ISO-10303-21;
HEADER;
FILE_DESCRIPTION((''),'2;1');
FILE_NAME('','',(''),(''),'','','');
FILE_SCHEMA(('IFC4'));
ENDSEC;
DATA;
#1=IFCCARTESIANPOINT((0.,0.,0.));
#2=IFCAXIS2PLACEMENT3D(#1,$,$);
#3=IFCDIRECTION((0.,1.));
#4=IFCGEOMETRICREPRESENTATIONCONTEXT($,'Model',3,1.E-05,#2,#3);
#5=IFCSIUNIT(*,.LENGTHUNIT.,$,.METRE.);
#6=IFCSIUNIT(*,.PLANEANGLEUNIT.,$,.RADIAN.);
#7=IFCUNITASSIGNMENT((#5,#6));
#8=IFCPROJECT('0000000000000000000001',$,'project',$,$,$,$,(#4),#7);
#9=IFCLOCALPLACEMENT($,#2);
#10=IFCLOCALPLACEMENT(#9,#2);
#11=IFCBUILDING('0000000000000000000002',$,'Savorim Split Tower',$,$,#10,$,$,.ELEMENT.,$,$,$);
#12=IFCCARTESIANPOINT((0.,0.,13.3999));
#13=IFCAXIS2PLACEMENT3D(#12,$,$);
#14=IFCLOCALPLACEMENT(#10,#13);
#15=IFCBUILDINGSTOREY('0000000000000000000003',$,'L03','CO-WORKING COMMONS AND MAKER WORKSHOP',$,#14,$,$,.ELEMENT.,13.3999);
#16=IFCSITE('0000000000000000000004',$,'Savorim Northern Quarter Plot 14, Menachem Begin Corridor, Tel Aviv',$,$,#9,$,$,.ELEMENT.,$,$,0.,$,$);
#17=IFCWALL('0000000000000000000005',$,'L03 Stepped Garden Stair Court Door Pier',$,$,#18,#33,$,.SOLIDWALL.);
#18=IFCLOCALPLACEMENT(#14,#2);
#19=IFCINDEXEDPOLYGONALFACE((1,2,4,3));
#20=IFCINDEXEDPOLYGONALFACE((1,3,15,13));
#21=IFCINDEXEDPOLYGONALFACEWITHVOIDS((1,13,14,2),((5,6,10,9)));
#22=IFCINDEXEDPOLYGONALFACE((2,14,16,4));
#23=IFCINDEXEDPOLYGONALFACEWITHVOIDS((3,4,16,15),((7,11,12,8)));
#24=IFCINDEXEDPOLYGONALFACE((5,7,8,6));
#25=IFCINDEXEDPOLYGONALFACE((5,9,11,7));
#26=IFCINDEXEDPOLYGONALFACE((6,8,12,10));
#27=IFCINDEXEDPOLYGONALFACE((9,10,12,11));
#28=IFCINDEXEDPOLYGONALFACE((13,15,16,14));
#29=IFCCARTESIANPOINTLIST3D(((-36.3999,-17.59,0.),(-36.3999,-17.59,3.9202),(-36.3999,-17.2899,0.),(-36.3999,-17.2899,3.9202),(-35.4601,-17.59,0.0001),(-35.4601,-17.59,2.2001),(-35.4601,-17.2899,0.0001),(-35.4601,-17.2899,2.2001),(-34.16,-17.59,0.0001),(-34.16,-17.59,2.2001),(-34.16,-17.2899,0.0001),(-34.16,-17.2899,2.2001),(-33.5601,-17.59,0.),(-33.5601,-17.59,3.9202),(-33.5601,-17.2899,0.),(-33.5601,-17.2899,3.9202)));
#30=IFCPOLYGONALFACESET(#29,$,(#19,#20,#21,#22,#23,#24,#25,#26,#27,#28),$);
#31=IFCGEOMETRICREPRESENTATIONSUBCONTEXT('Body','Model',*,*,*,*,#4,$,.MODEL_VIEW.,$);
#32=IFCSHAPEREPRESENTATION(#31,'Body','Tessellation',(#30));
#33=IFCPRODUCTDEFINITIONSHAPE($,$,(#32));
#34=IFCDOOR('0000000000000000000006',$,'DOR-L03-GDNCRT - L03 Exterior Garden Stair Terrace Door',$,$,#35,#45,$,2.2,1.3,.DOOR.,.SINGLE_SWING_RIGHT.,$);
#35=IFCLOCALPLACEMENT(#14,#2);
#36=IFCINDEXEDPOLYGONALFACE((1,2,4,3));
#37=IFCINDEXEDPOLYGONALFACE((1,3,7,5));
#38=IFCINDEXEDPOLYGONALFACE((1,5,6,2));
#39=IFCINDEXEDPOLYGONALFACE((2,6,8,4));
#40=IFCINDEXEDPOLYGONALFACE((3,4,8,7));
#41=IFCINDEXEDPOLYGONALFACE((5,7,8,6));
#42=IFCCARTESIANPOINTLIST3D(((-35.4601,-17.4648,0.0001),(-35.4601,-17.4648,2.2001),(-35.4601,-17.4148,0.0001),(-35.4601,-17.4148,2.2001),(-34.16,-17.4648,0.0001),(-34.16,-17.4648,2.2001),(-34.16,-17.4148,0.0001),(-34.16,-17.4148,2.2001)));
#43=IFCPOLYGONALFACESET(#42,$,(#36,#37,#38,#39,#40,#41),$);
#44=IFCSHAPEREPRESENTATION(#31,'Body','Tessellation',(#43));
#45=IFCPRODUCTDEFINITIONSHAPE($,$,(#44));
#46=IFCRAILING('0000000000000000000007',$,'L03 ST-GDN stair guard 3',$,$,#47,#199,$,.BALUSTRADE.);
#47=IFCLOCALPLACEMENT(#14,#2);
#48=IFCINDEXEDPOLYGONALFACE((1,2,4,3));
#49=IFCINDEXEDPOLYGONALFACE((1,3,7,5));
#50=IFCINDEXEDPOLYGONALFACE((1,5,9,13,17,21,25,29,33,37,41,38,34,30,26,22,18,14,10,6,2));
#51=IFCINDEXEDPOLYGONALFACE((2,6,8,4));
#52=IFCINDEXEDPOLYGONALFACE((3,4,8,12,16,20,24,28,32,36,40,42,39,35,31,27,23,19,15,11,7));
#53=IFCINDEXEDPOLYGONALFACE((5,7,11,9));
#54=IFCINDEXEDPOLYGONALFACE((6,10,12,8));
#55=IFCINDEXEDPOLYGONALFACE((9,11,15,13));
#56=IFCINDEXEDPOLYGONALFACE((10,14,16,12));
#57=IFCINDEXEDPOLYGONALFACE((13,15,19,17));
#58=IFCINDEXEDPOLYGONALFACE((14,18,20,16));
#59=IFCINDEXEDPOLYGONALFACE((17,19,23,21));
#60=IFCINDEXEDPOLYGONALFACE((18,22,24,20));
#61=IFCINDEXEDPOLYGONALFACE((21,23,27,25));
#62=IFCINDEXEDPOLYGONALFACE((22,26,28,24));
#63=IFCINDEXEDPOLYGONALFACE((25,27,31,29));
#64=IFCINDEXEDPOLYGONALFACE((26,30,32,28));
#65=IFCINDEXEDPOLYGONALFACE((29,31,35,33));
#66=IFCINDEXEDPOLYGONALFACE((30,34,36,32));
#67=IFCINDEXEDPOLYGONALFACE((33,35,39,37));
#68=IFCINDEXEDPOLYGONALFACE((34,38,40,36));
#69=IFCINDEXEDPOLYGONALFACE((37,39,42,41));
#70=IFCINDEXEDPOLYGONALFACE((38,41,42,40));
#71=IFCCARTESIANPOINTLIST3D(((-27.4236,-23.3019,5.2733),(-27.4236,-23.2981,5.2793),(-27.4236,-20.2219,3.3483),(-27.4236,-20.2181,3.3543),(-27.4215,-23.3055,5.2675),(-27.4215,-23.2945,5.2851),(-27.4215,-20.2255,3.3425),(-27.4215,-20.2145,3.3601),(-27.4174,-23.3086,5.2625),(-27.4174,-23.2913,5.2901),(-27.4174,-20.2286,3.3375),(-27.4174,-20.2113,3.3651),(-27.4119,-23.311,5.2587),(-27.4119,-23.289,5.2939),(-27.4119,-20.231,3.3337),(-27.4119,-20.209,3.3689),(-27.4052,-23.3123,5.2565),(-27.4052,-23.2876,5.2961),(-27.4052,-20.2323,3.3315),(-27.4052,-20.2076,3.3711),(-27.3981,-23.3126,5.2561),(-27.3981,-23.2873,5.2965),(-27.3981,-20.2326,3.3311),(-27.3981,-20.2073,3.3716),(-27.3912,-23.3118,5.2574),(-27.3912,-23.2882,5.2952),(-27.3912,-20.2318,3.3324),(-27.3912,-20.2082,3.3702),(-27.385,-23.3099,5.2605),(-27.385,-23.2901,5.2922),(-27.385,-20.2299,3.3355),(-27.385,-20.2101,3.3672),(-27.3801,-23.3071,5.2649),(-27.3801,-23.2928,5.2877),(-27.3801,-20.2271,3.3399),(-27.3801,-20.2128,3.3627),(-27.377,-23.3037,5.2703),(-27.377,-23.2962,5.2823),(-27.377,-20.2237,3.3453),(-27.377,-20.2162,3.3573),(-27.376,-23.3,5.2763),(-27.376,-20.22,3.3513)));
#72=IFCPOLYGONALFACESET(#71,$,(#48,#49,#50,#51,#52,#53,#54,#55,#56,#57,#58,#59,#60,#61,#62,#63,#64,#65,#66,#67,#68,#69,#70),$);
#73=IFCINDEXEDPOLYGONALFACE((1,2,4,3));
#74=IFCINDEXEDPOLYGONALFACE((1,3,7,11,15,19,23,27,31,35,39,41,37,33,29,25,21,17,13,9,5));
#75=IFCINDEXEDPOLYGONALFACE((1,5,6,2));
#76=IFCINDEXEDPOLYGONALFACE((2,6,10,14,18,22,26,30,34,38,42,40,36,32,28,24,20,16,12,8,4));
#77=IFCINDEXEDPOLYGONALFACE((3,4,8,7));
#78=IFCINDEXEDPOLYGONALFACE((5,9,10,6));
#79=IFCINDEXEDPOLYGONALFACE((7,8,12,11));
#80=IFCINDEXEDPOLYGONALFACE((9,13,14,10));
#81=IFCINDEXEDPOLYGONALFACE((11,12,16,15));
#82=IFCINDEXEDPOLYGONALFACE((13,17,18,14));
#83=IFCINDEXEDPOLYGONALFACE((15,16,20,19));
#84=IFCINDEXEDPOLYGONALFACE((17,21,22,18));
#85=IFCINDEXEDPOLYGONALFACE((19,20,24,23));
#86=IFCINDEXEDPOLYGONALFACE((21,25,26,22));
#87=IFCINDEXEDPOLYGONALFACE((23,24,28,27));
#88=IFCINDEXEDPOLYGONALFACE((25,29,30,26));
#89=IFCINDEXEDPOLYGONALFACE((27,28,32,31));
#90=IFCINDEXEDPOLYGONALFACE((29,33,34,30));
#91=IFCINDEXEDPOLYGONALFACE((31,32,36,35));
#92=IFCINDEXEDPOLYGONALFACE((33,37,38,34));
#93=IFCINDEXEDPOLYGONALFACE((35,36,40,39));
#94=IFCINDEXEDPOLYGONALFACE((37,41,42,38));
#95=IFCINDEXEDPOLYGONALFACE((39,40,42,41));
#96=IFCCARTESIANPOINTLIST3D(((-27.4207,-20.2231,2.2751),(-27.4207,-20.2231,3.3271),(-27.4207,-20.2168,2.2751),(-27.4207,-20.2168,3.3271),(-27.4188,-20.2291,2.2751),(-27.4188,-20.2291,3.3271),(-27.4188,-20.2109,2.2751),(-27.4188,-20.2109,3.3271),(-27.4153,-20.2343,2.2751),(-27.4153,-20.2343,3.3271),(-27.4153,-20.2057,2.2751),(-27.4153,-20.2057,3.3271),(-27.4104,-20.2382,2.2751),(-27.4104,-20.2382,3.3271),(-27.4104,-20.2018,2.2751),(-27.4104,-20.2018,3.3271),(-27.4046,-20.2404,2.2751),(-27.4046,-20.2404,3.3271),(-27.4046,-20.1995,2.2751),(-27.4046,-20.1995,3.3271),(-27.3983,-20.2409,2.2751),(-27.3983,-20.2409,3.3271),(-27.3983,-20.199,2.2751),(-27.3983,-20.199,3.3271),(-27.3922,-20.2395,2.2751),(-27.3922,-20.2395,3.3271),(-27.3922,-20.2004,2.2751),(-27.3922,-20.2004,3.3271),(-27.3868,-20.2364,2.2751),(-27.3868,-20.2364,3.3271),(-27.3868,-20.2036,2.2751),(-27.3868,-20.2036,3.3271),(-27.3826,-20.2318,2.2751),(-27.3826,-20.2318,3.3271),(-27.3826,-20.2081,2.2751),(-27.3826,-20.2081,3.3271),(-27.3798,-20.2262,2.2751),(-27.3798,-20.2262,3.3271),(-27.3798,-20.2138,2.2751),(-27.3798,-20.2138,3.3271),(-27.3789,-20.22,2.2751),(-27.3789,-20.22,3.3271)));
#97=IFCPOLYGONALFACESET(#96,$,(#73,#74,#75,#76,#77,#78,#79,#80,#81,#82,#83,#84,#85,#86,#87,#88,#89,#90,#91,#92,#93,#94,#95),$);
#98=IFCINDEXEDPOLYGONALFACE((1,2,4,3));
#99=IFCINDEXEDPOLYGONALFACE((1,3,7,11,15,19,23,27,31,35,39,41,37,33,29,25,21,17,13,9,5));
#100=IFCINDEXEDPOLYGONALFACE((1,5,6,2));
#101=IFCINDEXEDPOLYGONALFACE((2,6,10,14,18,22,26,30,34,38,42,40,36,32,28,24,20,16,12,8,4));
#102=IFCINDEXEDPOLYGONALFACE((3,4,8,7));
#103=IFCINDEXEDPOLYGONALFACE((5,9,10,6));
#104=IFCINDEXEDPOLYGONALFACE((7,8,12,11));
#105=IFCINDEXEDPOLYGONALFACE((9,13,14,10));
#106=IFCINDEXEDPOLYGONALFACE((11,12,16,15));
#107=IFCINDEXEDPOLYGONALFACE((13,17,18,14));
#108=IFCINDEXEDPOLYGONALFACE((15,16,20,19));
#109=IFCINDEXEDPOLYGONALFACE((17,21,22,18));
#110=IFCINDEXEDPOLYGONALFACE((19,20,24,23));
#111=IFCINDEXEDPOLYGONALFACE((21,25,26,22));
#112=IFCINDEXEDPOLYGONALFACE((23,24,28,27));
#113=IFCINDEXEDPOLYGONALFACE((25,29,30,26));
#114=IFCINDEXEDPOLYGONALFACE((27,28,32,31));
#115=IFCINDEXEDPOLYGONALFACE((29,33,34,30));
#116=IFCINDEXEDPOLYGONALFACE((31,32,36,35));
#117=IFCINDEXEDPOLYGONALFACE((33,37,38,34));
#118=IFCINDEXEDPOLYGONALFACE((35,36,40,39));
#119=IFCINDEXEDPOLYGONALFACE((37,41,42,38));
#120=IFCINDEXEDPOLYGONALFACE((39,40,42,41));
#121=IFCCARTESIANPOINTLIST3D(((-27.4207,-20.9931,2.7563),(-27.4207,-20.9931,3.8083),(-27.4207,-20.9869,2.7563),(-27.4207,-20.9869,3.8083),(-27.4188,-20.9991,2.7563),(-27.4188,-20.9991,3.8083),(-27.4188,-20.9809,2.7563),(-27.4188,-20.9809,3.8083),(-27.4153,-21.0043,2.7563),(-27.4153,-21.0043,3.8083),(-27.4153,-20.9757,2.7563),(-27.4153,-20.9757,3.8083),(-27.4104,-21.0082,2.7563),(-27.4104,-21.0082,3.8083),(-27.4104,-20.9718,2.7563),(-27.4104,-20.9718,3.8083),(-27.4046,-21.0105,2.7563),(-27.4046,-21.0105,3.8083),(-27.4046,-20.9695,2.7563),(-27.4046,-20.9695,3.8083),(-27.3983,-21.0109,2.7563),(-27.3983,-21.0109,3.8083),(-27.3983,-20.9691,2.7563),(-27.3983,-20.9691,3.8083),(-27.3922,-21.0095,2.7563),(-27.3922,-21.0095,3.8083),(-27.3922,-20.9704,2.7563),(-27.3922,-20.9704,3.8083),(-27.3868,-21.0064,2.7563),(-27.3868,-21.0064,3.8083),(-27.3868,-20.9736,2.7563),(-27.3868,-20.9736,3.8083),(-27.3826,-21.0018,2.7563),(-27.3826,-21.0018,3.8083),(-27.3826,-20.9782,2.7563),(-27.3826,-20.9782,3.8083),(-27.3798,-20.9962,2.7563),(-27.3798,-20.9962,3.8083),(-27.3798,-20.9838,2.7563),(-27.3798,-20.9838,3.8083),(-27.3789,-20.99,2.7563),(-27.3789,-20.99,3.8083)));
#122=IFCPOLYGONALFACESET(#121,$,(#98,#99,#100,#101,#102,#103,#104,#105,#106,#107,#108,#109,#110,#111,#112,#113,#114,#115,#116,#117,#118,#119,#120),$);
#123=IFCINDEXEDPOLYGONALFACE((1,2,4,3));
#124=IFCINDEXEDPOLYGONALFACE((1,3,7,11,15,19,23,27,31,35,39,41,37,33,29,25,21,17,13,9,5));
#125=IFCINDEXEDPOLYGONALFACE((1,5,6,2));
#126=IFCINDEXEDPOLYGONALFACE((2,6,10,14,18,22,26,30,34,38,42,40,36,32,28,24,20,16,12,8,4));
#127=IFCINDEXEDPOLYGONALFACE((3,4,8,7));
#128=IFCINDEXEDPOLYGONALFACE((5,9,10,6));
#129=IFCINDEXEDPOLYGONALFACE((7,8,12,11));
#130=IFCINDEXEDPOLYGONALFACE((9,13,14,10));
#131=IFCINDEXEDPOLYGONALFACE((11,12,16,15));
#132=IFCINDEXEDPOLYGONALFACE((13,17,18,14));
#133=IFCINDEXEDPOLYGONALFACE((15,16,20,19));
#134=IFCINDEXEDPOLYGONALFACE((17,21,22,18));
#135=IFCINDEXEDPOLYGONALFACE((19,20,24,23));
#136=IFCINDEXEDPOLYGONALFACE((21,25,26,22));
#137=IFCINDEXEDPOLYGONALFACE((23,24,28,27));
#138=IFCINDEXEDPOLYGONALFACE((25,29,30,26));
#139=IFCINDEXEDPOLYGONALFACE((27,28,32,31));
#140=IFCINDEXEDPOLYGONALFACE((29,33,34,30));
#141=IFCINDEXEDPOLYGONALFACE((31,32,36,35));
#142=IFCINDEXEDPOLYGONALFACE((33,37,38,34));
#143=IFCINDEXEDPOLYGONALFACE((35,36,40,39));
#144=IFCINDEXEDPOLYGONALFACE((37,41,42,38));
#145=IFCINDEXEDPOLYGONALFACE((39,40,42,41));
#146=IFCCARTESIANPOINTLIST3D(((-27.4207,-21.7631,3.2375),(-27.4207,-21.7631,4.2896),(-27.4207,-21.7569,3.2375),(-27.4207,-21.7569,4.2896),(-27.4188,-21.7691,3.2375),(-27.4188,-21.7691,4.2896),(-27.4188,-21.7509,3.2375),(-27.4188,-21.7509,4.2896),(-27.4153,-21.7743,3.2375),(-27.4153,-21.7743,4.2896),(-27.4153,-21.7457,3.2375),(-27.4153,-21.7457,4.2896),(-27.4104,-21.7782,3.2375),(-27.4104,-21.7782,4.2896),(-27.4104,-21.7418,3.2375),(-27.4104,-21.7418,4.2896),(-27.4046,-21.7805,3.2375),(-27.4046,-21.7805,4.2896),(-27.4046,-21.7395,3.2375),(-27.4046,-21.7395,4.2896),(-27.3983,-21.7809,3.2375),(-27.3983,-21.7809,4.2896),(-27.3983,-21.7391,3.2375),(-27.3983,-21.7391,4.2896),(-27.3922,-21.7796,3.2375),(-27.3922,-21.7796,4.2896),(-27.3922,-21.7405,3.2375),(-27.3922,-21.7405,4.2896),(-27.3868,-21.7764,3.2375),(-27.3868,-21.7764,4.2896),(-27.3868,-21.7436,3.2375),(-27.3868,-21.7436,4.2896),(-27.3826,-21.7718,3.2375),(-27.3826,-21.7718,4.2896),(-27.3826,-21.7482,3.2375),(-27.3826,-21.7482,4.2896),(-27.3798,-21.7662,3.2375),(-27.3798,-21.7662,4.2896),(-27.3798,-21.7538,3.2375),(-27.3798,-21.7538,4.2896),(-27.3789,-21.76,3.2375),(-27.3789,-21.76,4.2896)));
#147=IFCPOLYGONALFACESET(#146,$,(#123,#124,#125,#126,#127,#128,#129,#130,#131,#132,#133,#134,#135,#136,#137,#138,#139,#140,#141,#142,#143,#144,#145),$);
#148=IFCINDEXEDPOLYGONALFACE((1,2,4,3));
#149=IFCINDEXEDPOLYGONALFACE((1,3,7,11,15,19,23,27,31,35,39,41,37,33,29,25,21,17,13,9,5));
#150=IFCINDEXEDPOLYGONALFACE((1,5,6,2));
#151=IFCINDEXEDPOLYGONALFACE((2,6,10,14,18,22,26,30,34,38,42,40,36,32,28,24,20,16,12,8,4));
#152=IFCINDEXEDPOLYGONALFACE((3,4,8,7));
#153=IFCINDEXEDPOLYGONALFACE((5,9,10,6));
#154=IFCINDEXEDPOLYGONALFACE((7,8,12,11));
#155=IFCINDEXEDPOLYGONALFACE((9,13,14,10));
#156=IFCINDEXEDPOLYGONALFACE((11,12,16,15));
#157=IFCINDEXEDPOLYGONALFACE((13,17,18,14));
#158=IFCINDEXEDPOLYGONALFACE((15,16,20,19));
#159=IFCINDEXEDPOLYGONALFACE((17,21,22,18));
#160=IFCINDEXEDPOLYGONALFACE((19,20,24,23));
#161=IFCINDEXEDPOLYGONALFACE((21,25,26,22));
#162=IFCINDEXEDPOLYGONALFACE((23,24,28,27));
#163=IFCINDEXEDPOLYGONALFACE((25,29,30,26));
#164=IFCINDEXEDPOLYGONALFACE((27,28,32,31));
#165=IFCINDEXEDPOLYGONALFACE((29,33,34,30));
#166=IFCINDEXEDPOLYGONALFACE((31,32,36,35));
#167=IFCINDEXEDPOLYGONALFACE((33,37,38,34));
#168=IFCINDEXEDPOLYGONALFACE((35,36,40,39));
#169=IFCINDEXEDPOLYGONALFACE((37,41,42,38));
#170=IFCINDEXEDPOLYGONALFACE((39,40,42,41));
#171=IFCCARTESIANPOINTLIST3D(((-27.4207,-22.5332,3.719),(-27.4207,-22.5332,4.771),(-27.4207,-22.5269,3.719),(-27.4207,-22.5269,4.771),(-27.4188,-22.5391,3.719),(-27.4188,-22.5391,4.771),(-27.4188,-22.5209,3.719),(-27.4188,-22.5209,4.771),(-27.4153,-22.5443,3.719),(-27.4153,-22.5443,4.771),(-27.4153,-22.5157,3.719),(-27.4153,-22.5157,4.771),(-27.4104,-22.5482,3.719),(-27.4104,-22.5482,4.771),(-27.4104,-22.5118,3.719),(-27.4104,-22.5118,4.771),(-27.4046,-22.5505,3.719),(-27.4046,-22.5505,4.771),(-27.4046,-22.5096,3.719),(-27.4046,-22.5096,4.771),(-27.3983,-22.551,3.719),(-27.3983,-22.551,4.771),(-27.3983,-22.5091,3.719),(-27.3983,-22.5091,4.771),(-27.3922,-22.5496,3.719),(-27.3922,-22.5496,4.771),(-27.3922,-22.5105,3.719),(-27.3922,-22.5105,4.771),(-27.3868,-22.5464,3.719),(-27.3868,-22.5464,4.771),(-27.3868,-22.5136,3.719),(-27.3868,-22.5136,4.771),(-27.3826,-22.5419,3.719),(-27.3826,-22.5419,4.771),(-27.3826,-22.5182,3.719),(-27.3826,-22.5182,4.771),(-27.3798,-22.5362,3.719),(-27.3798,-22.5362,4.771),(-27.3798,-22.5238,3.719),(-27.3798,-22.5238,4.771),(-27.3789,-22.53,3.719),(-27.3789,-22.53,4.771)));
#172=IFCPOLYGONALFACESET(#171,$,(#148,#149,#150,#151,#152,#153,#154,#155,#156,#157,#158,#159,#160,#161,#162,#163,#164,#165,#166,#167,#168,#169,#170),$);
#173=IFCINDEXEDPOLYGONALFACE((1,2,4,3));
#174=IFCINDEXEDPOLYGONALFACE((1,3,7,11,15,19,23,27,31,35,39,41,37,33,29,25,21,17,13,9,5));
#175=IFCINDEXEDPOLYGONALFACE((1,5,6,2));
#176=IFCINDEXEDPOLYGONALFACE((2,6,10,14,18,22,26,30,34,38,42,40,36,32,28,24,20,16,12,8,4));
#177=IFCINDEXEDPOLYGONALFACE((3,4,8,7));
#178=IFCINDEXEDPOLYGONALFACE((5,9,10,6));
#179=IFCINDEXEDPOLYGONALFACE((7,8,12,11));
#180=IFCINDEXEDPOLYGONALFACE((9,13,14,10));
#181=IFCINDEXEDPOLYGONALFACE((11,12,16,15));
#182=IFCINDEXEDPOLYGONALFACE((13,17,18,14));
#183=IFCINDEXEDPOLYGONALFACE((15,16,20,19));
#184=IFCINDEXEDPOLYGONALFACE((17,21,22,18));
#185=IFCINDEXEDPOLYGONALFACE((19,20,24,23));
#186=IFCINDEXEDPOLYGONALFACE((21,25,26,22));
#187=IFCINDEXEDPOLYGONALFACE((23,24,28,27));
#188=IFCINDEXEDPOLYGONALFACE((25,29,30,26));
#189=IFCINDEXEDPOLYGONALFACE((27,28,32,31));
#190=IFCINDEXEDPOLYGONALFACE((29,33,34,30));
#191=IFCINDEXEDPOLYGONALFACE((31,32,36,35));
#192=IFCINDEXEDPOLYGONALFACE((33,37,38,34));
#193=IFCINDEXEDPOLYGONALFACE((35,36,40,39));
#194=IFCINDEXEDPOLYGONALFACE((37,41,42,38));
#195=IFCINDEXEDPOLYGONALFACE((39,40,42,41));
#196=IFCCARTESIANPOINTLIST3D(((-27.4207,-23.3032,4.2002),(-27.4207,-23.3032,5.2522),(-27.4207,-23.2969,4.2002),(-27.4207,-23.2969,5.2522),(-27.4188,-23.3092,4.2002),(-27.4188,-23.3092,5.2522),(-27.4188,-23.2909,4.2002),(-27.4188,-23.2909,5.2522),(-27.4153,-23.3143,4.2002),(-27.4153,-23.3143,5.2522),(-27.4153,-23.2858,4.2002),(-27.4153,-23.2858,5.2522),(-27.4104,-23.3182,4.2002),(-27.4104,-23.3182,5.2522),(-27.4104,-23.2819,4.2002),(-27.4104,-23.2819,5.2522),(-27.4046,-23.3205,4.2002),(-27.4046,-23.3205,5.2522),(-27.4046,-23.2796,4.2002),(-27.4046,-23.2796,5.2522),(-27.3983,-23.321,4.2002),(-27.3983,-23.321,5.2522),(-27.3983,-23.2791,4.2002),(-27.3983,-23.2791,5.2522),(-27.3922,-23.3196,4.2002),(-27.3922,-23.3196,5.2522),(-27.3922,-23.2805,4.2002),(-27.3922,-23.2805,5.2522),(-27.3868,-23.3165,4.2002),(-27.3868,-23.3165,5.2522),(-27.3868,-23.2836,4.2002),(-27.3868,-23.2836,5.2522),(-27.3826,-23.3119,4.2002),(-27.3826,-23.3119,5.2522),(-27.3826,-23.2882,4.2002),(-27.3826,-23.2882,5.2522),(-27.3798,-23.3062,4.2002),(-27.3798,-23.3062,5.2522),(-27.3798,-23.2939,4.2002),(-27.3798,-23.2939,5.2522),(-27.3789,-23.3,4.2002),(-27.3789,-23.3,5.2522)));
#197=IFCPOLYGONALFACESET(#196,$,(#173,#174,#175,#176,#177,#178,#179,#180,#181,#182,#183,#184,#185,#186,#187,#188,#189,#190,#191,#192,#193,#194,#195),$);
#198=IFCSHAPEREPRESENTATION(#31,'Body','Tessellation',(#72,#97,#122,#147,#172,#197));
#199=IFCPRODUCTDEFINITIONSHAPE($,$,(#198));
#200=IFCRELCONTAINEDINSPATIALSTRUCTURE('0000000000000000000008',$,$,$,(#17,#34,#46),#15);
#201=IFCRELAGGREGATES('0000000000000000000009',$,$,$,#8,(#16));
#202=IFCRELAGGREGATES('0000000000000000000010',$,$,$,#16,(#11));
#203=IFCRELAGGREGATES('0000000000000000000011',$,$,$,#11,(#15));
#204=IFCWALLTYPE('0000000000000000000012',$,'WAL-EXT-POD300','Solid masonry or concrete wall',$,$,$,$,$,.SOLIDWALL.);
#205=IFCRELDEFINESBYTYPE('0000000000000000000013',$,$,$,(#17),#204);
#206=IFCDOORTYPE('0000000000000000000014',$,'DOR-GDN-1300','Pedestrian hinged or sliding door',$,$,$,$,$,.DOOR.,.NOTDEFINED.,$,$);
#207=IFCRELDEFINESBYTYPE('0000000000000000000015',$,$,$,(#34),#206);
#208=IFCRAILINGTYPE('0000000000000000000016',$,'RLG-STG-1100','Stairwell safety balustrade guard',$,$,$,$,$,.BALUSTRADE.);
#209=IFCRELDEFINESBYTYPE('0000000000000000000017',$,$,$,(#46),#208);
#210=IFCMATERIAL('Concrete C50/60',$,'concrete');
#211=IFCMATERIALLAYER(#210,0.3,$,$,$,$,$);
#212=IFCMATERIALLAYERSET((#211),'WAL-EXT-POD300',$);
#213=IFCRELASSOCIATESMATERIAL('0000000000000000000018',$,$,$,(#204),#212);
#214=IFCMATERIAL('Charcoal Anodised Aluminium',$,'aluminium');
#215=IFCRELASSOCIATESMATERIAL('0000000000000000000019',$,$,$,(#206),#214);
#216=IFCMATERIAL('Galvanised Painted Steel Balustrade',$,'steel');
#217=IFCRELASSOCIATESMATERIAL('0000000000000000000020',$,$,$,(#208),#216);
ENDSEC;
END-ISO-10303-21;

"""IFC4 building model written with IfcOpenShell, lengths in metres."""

from ifc_helpers import new_model, si_unit, direction, frame, frame_2d, origin, origin_2d, place, context, subcontext, project, spatial, rectangle, circle, extrude, material, layer, layer_set, type_object, element, fill, save


model = new_model("IFC4")

# Units and contexts
model_context = context("Model", 3, precision=1e-05, world=origin(), true_north=direction((0.0, 1.0)))
body_context = subcontext(model_context, "Body", "Model", "MODEL_VIEW")
ifc_project = project(units=[si_unit("LENGTHUNIT", "METRE"), si_unit("PLANEANGLEUNIT", "RADIAN")], contexts=[model_context])

# Site, building, storey
site_placement = place(None, origin())
site = spatial("IfcSite", under=ifc_project, at=site_placement, Name="Savorim Northern Quarter Plot 14, Menachem Begin Corridor, Tel Aviv", CompositionType="ELEMENT", RefElevation=0.0)
building_placement = place(site_placement, origin())
building = spatial("IfcBuilding", under=site, at=building_placement, Name="Savorim Split Tower", CompositionType="ELEMENT")
storey_placement = place(building_placement, frame((0.0, 0.0, 13.3999)))
storey = spatial("IfcBuildingStorey", under=building, at=storey_placement, Name="L03", Description="CO-WORKING COMMONS AND MAKER WORKSHOP", CompositionType="ELEMENT", Elevation=13.3999)

# Shared definitions
ifc_material_1 = material(Name="Charcoal Anodised Aluminium", Category="aluminium")

# Wall, opening, door
ifc_material_2 = material(Name="Concrete C50/60", Category="concrete")
ifc_layer_1 = layer(ifc_material_2, 0.3)
ifc_layer_set_1 = layer_set([ifc_layer_1], Name="WAL-EXT-POD300")
wall_type = type_object("IfcWallType", Name="WAL-EXT-POD300", Description="Solid masonry or concrete wall", PredefinedType="SOLIDWALL", material=ifc_layer_set_1)
wall_placement = place(storey_placement, frame((-33.5601, -17.4399, 0.0), z_axis=(0.0, 0.0, 1.0), x_axis=(-1.0, 0.0, 0.0)))
wall = element("IfcWall", 1, at=wall_placement, inside=storey, type_object=wall_type, Name="L03 Stepped Garden Stair Court Door Pier", PredefinedType="SOLIDWALL", context=body_context, shape_type="SweptSolid", body=[
    extrude(rectangle(XDim=2.8398, YDim=0.3, at=frame_2d((1.4199, 0.0))), origin(), (0.0, 0.0, 1.0), 3.9202),
])
opening_placement = place(wall_placement, frame((0.6001, 0.0, 0.0)))
opening = element("IfcOpeningElement", 2, at=opening_placement, cuts=wall, PredefinedType="OPENING", context=body_context, shape_type="SweptSolid", body=[
    extrude(rectangle(XDim=1.3, YDim=2.2, at=frame_2d((0.6499, 1.1001))), frame((0.0, 0.1599, 0.0), z_axis=(0.0, -1.0, 0.0), x_axis=(1.0, 0.0, 0.0)), (0.0, 0.0, 1.0), 0.3201),
])
door_type = type_object("IfcDoorType", Name="DOR-GDN-1300", Description="Pedestrian hinged or sliding door", OperationType="NOTDEFINED", PredefinedType="DOOR", material=ifc_material_1)
door_placement = place(opening_placement, origin())
door = element("IfcDoor", 3, at=door_placement, inside=storey, type_object=door_type, Name="DOR-L03-GDNCRT - L03 Exterior Garden Stair Terrace Door", OperationType="SINGLE_SWING_RIGHT", OverallHeight=2.2, OverallWidth=1.3, PredefinedType="DOOR", context=body_context, shape_type="SweptSolid", body=[
    extrude(rectangle(XDim=1.3, YDim=2.2, at=frame_2d((0.6499, 1.1001))), frame((0.0, 0.0249, 0.0), z_axis=(0.0, -1.0, 0.0), x_axis=(1.0, 0.0, 0.0)), (0.0, 0.0, 1.0), 0.05),
])
fill(opening, door)

# Railing
ifc_material_3 = material(Name="Galvanised Painted Steel Balustrade", Category="steel")
railing_type = type_object("IfcRailingType", Name="RLG-STG-1100", Description="Stairwell safety balustrade guard", PredefinedType="BALUSTRADE", material=ifc_material_3)
railing_placement = place(storey_placement, frame((-27.3999, -20.22, 2.2751)))
element("IfcRailing", 4, at=railing_placement, inside=storey, type_object=railing_type, Name="L03 ST-GDN stair guard 3", PredefinedType="BALUSTRADE", context=body_context, shape_type="SweptSolid", body=[
    extrude(circle(Radius=0.0239, at=origin_2d()), frame((0.0, 0.0, 1.0762), z_axis=(0.0, -0.847998, 0.529999), x_axis=(1.0, 0.0, 0.0)), (0.0, 0.0, 1.0), 3.6321),
    extrude(circle(Radius=0.021, at=origin_2d()), origin(), (0.0, 0.0, 1.0), 1.052),
    extrude(circle(Radius=0.021, at=origin_2d()), frame((0.0, -0.77, 0.4812)), (0.0, 0.0, 1.0), 1.052),
    extrude(circle(Radius=0.021, at=origin_2d()), frame((0.0, -1.54, 0.9624)), (0.0, 0.0, 1.0), 1.052),
    extrude(circle(Radius=0.021, at=origin_2d()), frame((0.0, -2.3101, 1.4438)), (0.0, 0.0, 1.0), 1.052),
    extrude(circle(Radius=0.021, at=origin_2d()), frame((0.0, -3.0801, 1.925)), (0.0, 0.0, 1.0), 1.052),
])

save(model, "model.ifc")
